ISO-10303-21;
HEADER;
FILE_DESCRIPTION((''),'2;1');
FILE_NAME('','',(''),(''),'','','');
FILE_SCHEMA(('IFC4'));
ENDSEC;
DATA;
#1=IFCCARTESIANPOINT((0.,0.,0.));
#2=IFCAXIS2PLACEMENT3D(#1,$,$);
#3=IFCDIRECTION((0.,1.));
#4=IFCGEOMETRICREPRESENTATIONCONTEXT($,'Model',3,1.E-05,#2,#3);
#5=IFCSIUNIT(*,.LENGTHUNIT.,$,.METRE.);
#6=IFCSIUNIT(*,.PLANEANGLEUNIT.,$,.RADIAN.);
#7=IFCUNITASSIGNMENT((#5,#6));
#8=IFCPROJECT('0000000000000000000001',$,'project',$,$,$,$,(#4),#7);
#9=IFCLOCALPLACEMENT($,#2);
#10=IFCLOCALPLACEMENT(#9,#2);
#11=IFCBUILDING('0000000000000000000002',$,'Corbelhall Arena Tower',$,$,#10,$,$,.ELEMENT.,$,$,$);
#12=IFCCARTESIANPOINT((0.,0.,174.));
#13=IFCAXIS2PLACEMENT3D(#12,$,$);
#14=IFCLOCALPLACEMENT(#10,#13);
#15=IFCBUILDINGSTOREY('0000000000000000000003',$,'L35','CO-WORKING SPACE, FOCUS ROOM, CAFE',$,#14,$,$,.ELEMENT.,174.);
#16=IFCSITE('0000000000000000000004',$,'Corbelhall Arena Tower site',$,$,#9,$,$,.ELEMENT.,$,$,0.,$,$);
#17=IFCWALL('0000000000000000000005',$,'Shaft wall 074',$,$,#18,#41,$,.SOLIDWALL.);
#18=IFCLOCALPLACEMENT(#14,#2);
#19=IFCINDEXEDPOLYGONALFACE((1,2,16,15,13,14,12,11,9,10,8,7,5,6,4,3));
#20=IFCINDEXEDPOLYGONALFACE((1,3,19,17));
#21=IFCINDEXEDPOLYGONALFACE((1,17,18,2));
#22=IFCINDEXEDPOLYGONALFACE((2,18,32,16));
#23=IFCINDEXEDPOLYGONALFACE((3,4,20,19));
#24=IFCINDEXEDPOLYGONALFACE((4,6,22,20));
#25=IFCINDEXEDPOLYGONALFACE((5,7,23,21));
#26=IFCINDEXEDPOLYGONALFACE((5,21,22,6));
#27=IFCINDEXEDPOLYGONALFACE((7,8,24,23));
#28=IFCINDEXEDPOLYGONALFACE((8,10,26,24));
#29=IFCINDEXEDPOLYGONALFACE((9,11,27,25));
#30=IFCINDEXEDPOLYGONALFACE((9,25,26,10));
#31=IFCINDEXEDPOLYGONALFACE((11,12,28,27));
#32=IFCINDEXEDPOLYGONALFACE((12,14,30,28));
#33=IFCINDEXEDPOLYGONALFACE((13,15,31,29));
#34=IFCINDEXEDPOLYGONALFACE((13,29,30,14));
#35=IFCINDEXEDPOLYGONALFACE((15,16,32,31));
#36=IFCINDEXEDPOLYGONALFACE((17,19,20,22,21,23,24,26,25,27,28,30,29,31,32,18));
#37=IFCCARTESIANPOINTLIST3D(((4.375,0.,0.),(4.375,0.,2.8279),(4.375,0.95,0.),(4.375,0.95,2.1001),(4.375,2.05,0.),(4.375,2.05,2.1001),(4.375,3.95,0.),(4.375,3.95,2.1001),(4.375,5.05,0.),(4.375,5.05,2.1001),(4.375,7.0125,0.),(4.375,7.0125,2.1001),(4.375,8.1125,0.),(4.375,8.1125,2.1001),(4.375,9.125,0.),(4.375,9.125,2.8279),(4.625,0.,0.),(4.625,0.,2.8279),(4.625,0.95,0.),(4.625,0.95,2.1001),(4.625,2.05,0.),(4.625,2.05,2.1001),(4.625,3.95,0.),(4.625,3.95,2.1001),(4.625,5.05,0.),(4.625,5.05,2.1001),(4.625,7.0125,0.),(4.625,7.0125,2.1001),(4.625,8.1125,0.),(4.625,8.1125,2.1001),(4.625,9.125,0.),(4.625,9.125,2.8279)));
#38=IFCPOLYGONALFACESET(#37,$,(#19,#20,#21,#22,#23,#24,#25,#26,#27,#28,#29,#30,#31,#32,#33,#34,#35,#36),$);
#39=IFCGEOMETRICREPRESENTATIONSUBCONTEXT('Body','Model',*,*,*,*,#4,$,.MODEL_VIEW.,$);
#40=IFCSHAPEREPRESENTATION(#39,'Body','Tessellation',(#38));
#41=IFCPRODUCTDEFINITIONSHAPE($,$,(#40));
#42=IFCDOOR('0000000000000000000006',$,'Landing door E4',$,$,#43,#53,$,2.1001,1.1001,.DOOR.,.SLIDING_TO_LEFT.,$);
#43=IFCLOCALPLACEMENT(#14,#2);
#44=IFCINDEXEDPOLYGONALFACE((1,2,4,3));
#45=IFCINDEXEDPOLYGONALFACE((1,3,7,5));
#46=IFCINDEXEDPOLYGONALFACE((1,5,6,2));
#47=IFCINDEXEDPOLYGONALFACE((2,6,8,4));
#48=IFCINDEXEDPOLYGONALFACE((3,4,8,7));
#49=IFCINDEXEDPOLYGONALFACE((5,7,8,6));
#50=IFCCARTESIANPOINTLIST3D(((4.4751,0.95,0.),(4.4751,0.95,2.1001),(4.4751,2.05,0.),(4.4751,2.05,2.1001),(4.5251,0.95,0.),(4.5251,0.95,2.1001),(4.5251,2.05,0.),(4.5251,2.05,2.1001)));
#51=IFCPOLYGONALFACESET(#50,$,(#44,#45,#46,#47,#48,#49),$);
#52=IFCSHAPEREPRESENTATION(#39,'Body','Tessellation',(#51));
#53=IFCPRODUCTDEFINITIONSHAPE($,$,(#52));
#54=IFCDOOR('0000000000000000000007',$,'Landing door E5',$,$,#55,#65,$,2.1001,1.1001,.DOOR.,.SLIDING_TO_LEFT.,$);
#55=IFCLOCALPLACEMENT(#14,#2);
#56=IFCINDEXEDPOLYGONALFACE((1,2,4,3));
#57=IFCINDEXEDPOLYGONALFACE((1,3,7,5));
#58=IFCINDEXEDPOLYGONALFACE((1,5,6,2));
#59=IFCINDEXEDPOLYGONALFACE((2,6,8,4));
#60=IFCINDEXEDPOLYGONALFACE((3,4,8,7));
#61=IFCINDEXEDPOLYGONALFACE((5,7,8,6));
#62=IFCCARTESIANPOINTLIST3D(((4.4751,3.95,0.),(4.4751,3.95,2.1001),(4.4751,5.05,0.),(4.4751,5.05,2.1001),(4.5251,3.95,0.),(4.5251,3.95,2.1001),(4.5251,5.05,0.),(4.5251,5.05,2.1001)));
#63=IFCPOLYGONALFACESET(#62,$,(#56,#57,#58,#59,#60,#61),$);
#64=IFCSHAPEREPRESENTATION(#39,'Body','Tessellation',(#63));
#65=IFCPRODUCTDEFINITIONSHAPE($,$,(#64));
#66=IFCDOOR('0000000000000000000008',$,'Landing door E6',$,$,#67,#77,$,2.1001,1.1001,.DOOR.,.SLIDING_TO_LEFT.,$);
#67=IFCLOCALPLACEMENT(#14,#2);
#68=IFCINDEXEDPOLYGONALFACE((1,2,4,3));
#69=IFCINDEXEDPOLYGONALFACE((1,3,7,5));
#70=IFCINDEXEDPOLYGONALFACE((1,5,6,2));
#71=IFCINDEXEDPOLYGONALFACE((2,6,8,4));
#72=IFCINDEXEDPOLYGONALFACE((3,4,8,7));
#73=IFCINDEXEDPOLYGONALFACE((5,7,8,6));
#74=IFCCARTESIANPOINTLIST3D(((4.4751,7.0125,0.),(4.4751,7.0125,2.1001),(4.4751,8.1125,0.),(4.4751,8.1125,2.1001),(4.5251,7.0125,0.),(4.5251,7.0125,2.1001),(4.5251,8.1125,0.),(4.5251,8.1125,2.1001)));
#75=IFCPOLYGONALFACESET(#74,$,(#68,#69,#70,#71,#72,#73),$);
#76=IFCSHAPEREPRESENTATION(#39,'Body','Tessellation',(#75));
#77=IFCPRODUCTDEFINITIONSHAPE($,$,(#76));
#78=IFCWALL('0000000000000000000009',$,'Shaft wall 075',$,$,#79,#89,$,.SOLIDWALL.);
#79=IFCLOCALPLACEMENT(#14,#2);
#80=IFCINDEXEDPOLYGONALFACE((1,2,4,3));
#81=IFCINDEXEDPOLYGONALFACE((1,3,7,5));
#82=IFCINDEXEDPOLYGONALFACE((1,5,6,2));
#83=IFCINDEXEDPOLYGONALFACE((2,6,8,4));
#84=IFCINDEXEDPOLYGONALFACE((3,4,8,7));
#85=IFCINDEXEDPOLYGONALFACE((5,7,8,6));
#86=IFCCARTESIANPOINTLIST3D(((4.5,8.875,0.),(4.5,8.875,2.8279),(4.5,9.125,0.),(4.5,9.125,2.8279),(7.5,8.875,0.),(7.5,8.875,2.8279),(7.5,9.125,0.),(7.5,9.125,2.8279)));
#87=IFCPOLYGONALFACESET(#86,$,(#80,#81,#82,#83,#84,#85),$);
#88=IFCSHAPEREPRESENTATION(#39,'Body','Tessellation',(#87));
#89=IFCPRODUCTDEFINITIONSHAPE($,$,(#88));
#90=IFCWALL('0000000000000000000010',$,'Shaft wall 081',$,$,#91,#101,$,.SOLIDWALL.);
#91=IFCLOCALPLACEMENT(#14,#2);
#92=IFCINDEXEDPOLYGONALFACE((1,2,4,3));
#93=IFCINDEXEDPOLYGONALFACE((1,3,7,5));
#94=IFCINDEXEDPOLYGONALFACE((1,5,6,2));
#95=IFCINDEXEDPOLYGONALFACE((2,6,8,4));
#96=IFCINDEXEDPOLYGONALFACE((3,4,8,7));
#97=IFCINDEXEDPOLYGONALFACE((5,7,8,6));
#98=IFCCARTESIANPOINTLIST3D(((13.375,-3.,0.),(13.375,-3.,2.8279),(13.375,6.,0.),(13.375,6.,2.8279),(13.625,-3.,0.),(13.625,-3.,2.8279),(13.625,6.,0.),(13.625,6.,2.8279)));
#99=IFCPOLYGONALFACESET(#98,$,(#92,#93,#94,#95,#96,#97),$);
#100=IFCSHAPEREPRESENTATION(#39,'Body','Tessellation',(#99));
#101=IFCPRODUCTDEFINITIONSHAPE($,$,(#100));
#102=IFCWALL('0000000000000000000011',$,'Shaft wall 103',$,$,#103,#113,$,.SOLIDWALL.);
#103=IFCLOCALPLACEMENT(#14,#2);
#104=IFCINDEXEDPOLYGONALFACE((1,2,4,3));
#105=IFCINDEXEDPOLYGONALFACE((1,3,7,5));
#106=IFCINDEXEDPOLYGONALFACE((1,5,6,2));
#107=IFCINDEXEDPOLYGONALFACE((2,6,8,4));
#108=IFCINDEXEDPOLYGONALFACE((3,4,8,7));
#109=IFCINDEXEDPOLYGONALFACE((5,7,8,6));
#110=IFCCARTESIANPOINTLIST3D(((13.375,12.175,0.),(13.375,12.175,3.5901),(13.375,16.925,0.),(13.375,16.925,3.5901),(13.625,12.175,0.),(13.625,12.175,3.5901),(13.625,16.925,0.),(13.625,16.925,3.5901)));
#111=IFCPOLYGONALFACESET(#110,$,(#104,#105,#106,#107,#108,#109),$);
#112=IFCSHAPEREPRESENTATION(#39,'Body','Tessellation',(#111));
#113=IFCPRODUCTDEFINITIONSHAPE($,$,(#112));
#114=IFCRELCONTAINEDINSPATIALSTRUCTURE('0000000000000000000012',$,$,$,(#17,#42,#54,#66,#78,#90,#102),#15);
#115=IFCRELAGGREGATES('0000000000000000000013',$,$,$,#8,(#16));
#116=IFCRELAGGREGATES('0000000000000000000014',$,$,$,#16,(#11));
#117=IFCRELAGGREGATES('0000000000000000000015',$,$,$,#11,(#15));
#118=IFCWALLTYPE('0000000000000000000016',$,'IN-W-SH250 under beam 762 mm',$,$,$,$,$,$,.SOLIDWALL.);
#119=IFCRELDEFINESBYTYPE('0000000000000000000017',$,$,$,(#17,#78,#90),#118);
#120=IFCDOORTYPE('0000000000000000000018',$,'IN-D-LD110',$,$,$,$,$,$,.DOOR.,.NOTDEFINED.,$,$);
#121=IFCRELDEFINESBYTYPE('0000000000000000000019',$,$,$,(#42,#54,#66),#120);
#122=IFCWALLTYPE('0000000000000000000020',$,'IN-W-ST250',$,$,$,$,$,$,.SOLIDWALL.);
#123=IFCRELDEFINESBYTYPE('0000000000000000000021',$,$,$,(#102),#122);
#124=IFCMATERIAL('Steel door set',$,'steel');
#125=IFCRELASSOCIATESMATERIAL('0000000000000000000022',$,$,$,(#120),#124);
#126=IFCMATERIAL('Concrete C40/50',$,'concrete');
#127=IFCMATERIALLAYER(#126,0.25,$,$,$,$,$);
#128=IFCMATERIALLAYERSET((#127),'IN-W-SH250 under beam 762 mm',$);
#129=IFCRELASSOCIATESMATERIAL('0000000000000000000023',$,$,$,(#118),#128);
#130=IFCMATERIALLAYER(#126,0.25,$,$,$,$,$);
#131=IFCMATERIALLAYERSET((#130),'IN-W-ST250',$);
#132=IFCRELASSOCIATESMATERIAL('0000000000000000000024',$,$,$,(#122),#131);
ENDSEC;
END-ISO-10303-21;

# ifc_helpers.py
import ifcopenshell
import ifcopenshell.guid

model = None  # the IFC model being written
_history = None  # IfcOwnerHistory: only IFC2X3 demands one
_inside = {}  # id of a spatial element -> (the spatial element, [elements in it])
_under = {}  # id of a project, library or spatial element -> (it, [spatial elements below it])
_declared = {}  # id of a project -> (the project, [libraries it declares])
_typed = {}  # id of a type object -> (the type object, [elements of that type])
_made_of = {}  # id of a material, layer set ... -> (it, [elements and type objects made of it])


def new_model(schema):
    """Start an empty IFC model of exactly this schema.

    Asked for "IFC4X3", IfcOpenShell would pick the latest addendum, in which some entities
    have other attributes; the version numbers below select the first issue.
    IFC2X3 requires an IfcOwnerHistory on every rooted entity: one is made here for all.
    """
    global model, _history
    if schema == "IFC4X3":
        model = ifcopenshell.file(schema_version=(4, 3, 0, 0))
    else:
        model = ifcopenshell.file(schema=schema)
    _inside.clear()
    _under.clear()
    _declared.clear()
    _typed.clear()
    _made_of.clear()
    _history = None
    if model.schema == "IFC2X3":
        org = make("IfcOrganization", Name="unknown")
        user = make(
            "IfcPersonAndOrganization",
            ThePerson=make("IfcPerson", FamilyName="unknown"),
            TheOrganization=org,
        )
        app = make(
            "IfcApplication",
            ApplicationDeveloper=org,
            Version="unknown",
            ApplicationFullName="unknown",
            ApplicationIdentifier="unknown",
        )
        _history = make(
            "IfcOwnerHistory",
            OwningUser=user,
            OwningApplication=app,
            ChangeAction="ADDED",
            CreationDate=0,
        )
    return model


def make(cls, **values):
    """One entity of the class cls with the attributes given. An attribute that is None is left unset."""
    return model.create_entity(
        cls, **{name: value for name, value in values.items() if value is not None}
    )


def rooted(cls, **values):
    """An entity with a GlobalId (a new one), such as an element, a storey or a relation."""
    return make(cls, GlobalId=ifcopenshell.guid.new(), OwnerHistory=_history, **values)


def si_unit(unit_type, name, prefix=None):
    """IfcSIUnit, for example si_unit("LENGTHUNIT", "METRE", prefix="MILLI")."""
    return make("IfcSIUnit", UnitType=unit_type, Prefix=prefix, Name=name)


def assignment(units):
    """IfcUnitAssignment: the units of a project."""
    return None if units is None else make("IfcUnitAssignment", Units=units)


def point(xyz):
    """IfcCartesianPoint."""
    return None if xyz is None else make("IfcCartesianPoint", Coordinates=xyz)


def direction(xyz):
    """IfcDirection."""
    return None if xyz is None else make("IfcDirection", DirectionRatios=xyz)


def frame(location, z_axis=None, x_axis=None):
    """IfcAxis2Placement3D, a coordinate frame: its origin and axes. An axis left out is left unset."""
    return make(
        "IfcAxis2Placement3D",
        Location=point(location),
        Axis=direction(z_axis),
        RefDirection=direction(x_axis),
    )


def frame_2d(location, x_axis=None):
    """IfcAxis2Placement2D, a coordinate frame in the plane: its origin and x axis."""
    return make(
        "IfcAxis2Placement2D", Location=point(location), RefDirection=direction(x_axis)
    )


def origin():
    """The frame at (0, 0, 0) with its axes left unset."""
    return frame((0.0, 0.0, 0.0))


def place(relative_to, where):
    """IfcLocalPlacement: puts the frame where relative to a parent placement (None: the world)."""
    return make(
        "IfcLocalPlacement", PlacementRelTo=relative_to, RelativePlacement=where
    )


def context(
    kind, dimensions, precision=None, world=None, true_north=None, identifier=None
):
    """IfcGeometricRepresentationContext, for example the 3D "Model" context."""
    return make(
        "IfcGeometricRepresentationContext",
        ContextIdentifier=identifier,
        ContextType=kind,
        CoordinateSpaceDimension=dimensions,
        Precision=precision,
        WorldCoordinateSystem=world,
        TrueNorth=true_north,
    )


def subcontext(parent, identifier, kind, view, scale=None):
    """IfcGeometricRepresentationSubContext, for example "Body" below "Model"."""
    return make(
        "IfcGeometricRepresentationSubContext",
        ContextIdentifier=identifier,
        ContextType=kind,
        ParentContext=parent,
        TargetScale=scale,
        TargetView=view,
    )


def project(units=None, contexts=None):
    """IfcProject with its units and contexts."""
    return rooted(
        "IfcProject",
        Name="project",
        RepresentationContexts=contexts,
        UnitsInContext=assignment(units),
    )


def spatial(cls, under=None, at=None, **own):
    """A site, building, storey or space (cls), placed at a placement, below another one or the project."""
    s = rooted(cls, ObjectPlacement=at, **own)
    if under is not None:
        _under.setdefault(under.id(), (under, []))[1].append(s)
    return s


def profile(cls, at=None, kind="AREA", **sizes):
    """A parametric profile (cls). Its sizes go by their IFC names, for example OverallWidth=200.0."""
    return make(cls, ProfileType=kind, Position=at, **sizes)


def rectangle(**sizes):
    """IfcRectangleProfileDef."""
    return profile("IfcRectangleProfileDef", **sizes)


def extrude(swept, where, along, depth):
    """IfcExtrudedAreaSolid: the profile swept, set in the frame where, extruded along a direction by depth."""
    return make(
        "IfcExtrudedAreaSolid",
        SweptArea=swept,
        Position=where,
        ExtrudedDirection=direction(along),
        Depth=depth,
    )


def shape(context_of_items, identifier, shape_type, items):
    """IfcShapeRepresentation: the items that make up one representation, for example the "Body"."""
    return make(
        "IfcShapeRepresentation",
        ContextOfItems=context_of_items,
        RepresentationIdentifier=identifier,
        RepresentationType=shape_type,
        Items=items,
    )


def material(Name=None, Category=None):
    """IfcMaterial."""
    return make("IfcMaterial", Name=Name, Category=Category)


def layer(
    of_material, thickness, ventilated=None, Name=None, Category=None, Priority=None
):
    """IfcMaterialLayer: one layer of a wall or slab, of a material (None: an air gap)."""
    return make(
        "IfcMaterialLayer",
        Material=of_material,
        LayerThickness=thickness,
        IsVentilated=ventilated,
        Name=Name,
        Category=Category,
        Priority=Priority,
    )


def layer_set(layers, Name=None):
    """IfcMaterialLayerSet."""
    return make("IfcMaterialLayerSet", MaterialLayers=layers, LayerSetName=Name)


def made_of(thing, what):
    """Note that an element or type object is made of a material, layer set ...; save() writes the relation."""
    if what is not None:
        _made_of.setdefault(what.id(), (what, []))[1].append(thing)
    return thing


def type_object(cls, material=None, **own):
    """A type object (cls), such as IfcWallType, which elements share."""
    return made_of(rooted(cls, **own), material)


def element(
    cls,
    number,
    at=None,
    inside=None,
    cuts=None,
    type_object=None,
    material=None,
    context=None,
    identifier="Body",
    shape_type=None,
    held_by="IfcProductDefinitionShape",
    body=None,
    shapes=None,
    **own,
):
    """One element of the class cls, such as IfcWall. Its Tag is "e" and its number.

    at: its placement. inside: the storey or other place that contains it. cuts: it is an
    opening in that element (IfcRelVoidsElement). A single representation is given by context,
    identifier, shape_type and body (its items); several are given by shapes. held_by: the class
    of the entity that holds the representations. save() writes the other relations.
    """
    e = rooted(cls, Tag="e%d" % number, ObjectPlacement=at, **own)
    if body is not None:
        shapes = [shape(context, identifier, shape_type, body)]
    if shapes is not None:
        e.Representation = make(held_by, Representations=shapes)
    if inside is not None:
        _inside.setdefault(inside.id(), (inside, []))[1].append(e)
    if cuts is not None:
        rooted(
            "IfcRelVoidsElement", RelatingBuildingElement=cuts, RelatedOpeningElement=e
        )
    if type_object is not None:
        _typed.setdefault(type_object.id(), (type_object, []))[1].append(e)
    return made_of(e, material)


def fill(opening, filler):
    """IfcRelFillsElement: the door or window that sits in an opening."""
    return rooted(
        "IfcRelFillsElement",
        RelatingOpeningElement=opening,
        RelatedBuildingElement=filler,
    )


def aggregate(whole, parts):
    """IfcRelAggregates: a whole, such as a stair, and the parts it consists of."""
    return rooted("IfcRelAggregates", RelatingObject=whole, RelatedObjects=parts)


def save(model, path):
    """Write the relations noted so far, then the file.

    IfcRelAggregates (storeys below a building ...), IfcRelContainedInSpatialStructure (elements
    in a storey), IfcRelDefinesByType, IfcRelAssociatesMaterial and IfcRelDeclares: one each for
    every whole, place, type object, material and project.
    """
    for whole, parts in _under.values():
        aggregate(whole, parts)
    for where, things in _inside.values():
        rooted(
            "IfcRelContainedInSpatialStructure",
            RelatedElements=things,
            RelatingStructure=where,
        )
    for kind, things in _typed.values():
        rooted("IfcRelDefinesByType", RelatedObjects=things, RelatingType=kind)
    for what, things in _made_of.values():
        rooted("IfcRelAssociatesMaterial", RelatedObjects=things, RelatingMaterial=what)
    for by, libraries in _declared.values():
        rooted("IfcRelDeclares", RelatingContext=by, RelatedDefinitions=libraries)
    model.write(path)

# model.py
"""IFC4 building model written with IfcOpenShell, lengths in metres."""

from ifc_helpers import new_model, si_unit, direction, frame, frame_2d, origin, place, context, subcontext, project, spatial, rectangle, extrude, material, layer, layer_set, type_object, element, fill, save


model = new_model("IFC4")

# Units and contexts
model_context = context("Model", 3, precision=1e-05, world=origin(), true_north=direction((0.0, 1.0)))
body_context = subcontext(model_context, "Body", "Model", "MODEL_VIEW")
ifc_project = project(units=[si_unit("LENGTHUNIT", "METRE"), si_unit("PLANEANGLEUNIT", "RADIAN")], contexts=[model_context])

# Site, building, storey
site_placement = place(None, origin())
site = spatial("IfcSite", under=ifc_project, at=site_placement, Name="Corbelhall Arena Tower site", CompositionType="ELEMENT", RefElevation=0.0)
building_placement = place(site_placement, origin())
building = spatial("IfcBuilding", under=site, at=building_placement, Name="Corbelhall Arena Tower", CompositionType="ELEMENT")
storey_placement = place(building_placement, frame((0.0, 0.0, 174.0)))
storey = spatial("IfcBuildingStorey", under=building, at=storey_placement, Name="L35", Description="CO-WORKING SPACE, FOCUS ROOM, CAFE", CompositionType="ELEMENT", Elevation=174.0)

# Shared definitions
ifc_material_1 = material(Name="Concrete C40/50", Category="concrete")

# Shared definitions
ifc_material_2 = material(Name="Steel door set", Category="steel")

# Shared definitions
door_type_1 = type_object("IfcDoorType", Name="IN-D-LD110", OperationType="NOTDEFINED", PredefinedType="DOOR", material=ifc_material_2)

# Wall, openings, doors
ifc_layer_1 = layer(ifc_material_1, 0.25)
ifc_layer_set_1 = layer_set([ifc_layer_1], Name="IN-W-SH250 under beam 762 mm")
wall_type_1 = type_object("IfcWallType", Name="IN-W-SH250 under beam 762 mm", PredefinedType="SOLIDWALL", material=ifc_layer_set_1)
wall_1_placement = place(storey_placement, frame((4.5, 0.0, 0.0), z_axis=(0.0, 0.0, 1.0), x_axis=(0.0, 1.0, 0.0)))
wall_1 = element("IfcWall", 1, at=wall_1_placement, inside=storey, type_object=wall_type_1, Name="Shaft wall 074", PredefinedType="SOLIDWALL", context=body_context, shape_type="SweptSolid", body=[
    extrude(rectangle(XDim=9.125, YDim=0.25, at=frame_2d((4.5625, 0.0))), origin(), (0.0, 0.0, 1.0), 2.8279),
])
opening_1_placement = place(wall_1_placement, frame((0.95, 0.0, 0.0)))
opening_1 = element("IfcOpeningElement", 2, at=opening_1_placement, cuts=wall_1, PredefinedType="OPENING", context=body_context, shape_type="SweptSolid", body=[
    extrude(rectangle(XDim=1.1001, YDim=2.1001, at=frame_2d((0.55, 1.05))), frame((0.0, 0.125, 0.0), z_axis=(0.0, -1.0, 0.0), x_axis=(1.0, 0.0, 0.0)), (0.0, 0.0, 1.0), 0.25),
])
opening_2_placement = place(wall_1_placement, frame((3.95, 0.0, 0.0)))
opening_2 = element("IfcOpeningElement", 3, at=opening_2_placement, cuts=wall_1, PredefinedType="OPENING", context=body_context, shape_type="SweptSolid", body=[
    extrude(rectangle(XDim=1.1001, YDim=2.1001, at=frame_2d((0.55, 1.05))), frame((0.0, 0.125, 0.0), z_axis=(0.0, -1.0, 0.0), x_axis=(1.0, 0.0, 0.0)), (0.0, 0.0, 1.0), 0.25),
])
opening_3_placement = place(wall_1_placement, frame((7.0125, 0.0, 0.0)))
opening_3 = element("IfcOpeningElement", 4, at=opening_3_placement, cuts=wall_1, PredefinedType="OPENING", context=body_context, shape_type="SweptSolid", body=[
    extrude(rectangle(XDim=1.1001, YDim=2.1001, at=frame_2d((0.55, 1.05))), frame((0.0, 0.125, 0.0), z_axis=(0.0, -1.0, 0.0), x_axis=(1.0, 0.0, 0.0)), (0.0, 0.0, 1.0), 0.25),
])
door_1_placement = place(opening_1_placement, origin())
door_1 = element("IfcDoor", 5, at=door_1_placement, inside=storey, type_object=door_type_1, Name="Landing door E4", OperationType="SLIDING_TO_LEFT", OverallHeight=2.1001, OverallWidth=1.1001, PredefinedType="DOOR", context=body_context, shape_type="SweptSolid", body=[
    extrude(rectangle(XDim=1.1001, YDim=2.1001, at=frame_2d((0.55, 1.05))), frame((0.0, 0.0249, 0.0), z_axis=(0.0, -1.0, 0.0), x_axis=(1.0, 0.0, 0.0)), (0.0, 0.0, 1.0), 0.05),
])
fill(opening_1, door_1)
door_2_placement = place(opening_2_placement, origin())
door_2 = element("IfcDoor", 6, at=door_2_placement, inside=storey, type_object=door_type_1, Name="Landing door E5", OperationType="SLIDING_TO_LEFT", OverallHeight=2.1001, OverallWidth=1.1001, PredefinedType="DOOR", context=body_context, shape_type="SweptSolid", body=[
    extrude(rectangle(XDim=1.1001, YDim=2.1001, at=frame_2d((0.55, 1.05))), frame((0.0, 0.0249, 0.0), z_axis=(0.0, -1.0, 0.0), x_axis=(1.0, 0.0, 0.0)), (0.0, 0.0, 1.0), 0.05),
])
fill(opening_2, door_2)
door_3_placement = place(opening_3_placement, origin())
door_3 = element("IfcDoor", 7, at=door_3_placement, inside=storey, type_object=door_type_1, Name="Landing door E6", OperationType="SLIDING_TO_LEFT", OverallHeight=2.1001, OverallWidth=1.1001, PredefinedType="DOOR", context=body_context, shape_type="SweptSolid", body=[
    extrude(rectangle(XDim=1.1001, YDim=2.1001, at=frame_2d((0.55, 1.05))), frame((0.0, 0.0249, 0.0), z_axis=(0.0, -1.0, 0.0), x_axis=(1.0, 0.0, 0.0)), (0.0, 0.0, 1.0), 0.05),
])
fill(opening_3, door_3)

# Walls
wall_2_placement = place(storey_placement, frame((4.5, 9.0, 0.0), z_axis=(0.0, 0.0, 1.0), x_axis=(1.0, 0.0, 0.0)))
element("IfcWall", 8, at=wall_2_placement, inside=storey, type_object=wall_type_1, Name="Shaft wall 075", PredefinedType="SOLIDWALL", context=body_context, shape_type="SweptSolid", body=[
    extrude(rectangle(XDim=3.0, YDim=0.25, at=frame_2d((1.5, 0.0))), origin(), (0.0, 0.0, 1.0), 2.8279),
])
wall_3_placement = place(storey_placement, frame((13.5, 6.0, 0.0), z_axis=(0.0, 0.0, 1.0), x_axis=(0.0, -1.0, 0.0)))
element("IfcWall", 9, at=wall_3_placement, inside=storey, type_object=wall_type_1, Name="Shaft wall 081", PredefinedType="SOLIDWALL", context=body_context, shape_type="SweptSolid", body=[
    extrude(rectangle(XDim=9.0, YDim=0.25, at=frame_2d((4.5, 0.0))), origin(), (0.0, 0.0, 1.0), 2.8279),
])
ifc_layer_2 = layer(ifc_material_1, 0.25)
ifc_layer_set_2 = layer_set([ifc_layer_2], Name="IN-W-ST250")
wall_type_2 = type_object("IfcWallType", Name="IN-W-ST250", PredefinedType="SOLIDWALL", material=ifc_layer_set_2)
wall_4_placement = place(storey_placement, frame((13.5, 12.175, 0.0), z_axis=(0.0, 0.0, 1.0), x_axis=(0.0, 1.0, 0.0)))
element("IfcWall", 10, at=wall_4_placement, inside=storey, type_object=wall_type_2, Name="Shaft wall 103", PredefinedType="SOLIDWALL", context=body_context, shape_type="SweptSolid", body=[
    extrude(rectangle(XDim=4.75, YDim=0.25, at=frame_2d((2.375, 0.0))), origin(), (0.0, 0.0, 1.0), 3.5901),
])

save(model, "model.ifc")
